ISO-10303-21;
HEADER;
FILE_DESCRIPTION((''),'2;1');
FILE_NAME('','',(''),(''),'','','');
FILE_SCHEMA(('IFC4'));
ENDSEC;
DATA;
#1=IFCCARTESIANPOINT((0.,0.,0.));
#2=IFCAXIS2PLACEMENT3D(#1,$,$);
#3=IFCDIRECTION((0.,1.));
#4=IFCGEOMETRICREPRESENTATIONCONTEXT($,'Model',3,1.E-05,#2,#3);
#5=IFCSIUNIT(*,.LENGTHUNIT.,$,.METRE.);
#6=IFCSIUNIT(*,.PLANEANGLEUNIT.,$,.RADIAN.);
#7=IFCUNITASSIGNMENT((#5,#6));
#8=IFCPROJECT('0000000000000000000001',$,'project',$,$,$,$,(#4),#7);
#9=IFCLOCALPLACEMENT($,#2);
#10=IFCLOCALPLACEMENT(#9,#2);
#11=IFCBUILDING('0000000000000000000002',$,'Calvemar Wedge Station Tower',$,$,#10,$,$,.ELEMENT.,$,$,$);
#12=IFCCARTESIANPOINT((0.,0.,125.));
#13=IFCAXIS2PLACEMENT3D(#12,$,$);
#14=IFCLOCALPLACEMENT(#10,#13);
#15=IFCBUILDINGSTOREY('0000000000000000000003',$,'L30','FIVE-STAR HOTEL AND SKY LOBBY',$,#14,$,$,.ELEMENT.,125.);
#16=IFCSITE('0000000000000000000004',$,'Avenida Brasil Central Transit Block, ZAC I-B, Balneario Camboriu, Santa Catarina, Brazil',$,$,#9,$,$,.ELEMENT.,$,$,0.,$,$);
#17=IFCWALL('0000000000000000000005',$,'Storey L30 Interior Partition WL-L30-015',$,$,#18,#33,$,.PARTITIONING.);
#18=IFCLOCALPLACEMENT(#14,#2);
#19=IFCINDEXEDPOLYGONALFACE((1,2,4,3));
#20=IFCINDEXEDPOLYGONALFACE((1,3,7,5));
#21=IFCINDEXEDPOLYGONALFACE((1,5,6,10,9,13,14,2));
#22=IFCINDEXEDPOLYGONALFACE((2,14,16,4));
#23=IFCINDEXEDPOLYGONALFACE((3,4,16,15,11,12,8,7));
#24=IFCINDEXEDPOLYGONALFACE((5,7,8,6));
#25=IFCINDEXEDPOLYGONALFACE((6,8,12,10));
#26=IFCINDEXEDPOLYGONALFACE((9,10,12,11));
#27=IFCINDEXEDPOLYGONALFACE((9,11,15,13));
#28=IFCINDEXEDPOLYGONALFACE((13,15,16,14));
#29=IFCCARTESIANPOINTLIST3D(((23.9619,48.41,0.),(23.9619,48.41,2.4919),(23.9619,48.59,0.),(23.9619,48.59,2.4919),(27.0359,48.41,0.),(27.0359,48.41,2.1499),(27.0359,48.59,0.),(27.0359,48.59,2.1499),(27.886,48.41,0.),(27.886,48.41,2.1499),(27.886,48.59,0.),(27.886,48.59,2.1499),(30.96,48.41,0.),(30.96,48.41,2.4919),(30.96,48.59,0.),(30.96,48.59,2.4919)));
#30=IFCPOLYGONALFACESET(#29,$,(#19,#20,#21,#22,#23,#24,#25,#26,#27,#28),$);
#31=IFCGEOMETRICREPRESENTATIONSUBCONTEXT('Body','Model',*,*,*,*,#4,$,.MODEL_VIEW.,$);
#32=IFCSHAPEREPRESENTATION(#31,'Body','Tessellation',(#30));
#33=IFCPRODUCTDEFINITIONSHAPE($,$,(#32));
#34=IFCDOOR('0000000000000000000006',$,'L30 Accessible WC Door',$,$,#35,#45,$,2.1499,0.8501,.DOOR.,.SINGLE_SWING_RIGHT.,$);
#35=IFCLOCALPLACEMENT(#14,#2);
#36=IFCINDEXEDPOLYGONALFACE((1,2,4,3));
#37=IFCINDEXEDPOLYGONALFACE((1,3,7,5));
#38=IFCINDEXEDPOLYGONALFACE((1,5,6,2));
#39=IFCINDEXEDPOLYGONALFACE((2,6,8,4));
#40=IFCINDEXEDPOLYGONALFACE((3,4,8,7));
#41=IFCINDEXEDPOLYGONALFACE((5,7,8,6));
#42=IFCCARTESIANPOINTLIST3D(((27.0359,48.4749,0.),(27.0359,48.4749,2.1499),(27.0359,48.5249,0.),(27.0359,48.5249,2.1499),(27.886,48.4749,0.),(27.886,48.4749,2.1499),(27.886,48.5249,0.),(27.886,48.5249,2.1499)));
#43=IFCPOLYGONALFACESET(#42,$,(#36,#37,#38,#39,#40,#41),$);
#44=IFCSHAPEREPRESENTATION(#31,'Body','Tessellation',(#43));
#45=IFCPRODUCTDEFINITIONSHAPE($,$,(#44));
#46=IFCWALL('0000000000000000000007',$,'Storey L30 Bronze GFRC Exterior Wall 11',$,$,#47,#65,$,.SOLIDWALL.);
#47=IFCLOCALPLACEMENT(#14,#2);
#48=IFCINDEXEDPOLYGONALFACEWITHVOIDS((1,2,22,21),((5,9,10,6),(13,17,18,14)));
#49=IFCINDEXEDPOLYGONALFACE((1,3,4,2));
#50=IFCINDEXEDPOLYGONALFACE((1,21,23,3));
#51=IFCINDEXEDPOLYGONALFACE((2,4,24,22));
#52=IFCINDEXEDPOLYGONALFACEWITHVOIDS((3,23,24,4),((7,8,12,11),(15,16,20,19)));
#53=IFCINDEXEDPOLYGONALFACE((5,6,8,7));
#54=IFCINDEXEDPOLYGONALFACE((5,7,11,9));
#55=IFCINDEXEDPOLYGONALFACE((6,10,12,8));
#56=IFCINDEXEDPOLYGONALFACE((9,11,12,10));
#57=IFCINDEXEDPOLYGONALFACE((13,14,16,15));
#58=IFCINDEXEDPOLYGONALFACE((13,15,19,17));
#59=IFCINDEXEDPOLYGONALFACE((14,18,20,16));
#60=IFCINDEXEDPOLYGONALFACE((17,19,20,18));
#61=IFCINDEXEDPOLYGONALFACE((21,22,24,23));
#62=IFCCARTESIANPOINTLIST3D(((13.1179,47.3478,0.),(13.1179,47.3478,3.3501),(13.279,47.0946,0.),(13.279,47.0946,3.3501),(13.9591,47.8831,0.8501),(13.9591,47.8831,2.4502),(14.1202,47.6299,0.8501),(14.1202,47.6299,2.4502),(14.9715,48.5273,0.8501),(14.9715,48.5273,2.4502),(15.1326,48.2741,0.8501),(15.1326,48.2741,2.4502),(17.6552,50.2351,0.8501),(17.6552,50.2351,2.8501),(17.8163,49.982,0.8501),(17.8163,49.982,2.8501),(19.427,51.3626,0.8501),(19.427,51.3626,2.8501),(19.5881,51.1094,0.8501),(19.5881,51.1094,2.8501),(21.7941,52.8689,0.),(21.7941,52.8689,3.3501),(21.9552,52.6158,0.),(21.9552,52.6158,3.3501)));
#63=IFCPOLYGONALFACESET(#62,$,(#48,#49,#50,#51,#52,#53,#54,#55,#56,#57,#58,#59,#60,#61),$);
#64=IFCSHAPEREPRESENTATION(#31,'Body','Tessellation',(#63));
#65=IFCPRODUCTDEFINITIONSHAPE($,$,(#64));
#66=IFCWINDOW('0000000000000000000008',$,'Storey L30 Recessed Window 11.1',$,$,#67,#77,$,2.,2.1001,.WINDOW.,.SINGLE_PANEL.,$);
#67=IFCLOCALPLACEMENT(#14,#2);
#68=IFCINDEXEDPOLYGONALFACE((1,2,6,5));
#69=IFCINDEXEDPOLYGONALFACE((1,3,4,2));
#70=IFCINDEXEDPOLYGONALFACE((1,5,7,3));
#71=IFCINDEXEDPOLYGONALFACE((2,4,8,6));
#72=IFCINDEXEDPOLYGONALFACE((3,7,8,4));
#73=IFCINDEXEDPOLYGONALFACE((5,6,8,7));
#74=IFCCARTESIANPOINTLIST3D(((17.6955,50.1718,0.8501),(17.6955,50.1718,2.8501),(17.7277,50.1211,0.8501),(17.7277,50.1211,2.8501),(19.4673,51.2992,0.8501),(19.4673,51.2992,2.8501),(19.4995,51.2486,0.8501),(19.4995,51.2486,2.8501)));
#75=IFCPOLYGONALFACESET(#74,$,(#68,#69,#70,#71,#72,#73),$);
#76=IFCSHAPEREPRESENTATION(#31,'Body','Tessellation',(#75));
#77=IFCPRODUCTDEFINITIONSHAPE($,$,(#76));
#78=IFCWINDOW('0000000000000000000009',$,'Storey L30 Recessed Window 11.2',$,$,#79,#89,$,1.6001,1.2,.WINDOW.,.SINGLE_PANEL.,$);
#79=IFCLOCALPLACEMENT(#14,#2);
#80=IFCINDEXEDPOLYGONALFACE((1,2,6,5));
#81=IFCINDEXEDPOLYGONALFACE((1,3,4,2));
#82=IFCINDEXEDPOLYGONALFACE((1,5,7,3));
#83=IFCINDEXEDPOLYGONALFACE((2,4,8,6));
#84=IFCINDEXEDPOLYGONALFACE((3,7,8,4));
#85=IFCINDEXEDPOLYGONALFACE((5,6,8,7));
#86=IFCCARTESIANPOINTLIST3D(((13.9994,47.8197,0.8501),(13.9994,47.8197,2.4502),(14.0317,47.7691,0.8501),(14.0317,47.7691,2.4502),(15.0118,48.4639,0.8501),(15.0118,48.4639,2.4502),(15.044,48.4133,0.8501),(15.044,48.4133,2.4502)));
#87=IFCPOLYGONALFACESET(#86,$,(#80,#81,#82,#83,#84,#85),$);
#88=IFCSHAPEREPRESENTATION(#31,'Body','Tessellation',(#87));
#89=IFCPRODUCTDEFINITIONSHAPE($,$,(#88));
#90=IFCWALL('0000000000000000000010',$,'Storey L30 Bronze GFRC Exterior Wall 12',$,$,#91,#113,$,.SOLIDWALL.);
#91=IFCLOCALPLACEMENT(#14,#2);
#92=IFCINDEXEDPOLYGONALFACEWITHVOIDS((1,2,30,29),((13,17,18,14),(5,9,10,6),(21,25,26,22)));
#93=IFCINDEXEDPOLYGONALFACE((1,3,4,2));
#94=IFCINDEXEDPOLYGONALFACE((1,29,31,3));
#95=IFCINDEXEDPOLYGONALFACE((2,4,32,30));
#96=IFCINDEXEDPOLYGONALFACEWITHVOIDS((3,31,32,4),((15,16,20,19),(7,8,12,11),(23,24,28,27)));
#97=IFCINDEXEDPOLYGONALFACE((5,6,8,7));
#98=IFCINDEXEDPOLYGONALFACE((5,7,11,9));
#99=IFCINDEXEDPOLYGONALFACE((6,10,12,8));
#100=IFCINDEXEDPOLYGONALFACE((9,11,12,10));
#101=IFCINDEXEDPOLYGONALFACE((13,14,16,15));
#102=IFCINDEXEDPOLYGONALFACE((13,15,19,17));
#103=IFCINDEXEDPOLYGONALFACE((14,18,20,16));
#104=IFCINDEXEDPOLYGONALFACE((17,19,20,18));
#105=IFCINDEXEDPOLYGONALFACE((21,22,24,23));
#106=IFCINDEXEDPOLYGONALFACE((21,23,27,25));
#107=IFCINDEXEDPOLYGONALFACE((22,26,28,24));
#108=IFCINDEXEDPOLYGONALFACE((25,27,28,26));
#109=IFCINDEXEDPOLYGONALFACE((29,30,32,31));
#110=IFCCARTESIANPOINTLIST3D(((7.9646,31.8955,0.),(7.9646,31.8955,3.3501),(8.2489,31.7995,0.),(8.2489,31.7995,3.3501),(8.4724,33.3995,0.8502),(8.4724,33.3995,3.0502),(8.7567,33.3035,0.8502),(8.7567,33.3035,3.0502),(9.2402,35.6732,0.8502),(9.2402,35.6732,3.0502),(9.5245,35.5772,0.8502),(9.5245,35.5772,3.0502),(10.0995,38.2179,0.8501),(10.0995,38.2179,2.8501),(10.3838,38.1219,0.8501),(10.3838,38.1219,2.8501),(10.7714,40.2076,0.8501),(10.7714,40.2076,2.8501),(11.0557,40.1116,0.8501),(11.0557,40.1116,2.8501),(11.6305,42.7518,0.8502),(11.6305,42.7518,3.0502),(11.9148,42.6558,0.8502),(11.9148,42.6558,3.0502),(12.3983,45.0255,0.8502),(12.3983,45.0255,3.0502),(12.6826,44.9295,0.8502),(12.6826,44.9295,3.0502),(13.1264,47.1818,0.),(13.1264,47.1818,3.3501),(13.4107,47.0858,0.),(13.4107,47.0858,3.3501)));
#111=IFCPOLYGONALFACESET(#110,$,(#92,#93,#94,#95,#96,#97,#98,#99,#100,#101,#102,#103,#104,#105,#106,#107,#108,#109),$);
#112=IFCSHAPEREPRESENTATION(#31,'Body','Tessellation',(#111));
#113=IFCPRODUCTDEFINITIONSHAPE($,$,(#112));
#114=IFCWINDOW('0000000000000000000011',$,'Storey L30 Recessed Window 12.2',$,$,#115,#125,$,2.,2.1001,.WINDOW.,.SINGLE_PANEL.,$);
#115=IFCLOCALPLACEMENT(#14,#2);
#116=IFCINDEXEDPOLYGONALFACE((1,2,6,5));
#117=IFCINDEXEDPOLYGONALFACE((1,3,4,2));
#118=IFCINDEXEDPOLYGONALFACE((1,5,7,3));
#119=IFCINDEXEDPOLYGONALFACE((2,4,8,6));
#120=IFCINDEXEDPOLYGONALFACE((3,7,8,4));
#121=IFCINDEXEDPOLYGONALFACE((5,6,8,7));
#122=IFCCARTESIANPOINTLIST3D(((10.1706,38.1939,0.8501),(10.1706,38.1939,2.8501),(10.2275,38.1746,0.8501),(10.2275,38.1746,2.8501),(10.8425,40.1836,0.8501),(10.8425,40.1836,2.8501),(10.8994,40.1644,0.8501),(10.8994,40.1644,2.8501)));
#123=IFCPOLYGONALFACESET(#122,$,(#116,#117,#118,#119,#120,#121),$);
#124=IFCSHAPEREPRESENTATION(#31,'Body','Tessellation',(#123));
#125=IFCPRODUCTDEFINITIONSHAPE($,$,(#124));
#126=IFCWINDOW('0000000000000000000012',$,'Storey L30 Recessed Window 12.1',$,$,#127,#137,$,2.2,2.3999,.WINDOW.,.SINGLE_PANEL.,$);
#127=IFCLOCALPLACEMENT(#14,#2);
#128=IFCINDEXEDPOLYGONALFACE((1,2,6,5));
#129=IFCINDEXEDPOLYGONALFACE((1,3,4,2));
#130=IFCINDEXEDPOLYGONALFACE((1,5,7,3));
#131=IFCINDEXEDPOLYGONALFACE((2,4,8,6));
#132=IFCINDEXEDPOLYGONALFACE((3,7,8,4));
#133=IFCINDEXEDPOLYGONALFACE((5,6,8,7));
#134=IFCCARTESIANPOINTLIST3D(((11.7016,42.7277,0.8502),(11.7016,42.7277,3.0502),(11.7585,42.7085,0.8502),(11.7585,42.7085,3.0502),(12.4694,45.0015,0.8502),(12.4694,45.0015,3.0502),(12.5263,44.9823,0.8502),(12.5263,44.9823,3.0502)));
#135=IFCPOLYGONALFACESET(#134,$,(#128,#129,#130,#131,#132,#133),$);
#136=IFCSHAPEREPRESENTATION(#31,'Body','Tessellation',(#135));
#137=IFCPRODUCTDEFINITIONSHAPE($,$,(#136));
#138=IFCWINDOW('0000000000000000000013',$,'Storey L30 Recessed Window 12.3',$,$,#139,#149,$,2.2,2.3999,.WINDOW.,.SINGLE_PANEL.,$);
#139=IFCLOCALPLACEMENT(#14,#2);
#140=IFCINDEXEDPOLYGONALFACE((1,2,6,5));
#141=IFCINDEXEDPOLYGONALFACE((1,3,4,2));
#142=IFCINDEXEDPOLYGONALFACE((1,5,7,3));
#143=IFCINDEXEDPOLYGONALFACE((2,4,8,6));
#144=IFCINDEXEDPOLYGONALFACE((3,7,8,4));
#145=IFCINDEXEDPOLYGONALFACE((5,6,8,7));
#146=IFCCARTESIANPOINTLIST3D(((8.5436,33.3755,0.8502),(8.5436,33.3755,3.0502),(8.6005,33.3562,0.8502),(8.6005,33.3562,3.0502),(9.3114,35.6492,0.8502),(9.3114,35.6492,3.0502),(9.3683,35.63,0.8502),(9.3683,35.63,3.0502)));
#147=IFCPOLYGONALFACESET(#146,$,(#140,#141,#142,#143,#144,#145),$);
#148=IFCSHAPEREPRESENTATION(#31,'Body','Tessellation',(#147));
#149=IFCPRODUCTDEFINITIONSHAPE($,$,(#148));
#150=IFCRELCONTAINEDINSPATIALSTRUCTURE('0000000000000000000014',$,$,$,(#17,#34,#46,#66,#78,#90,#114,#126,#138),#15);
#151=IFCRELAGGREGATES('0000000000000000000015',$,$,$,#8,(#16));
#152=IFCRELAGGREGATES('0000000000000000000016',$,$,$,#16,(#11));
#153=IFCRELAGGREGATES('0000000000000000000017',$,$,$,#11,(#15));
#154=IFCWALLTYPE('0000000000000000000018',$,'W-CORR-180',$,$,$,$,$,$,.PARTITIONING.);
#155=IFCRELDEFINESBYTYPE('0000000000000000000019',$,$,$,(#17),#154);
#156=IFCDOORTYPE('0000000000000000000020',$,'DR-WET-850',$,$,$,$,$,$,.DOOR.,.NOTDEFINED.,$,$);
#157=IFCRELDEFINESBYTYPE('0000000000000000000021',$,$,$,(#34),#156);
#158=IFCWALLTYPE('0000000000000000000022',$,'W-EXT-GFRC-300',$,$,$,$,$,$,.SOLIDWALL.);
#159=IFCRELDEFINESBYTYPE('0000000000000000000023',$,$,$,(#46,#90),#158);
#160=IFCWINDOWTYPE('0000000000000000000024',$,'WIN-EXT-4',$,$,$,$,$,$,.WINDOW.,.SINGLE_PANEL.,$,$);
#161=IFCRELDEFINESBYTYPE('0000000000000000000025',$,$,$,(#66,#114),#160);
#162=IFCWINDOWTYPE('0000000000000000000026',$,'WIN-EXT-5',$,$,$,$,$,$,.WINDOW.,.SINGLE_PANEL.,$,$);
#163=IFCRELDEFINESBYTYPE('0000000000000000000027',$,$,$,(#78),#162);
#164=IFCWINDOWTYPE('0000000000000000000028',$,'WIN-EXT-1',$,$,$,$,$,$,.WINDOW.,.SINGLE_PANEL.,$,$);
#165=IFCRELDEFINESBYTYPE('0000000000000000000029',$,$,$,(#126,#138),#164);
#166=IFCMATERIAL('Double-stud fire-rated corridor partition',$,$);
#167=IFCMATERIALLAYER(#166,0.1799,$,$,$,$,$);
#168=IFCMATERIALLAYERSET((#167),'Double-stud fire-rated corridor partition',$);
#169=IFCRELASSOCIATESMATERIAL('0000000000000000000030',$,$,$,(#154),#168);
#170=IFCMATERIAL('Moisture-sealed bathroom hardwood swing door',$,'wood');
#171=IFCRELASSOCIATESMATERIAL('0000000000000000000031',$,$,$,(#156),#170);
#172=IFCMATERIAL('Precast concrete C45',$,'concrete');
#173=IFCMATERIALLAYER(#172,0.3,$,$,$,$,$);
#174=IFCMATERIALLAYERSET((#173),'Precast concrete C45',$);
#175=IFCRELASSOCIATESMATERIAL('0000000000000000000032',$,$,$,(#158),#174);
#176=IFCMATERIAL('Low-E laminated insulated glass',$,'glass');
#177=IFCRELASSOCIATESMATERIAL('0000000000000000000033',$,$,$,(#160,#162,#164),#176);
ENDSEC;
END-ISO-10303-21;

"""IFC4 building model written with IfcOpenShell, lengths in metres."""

from ifc_helpers import new_model, si_unit, direction, frame, frame_2d, origin, place, context, subcontext, project, spatial, rectangle, extrude, source, transform, mapped, material, layer, layer_set, type_object, element, fill, save


model = new_model("IFC4")

# Units and contexts
model_context = context("Model", 3, precision=1e-05, world=origin(), true_north=direction((0.0, 1.0)))
body_context = subcontext(model_context, "Body", "Model", "MODEL_VIEW")
ifc_project = project(units=[si_unit("LENGTHUNIT", "METRE"), si_unit("PLANEANGLEUNIT", "RADIAN")], contexts=[model_context])

# Site, building, storey
site_placement = place(None, origin())
site = spatial("IfcSite", under=ifc_project, at=site_placement, Name="Avenida Brasil Central Transit Block, ZAC I-B, Balneario Camboriu, Santa Catarina, Brazil", CompositionType="ELEMENT", RefElevation=0.0)
building_placement = place(site_placement, origin())
building = spatial("IfcBuilding", under=site, at=building_placement, Name="Calvemar Wedge Station Tower", CompositionType="ELEMENT")
storey_placement = place(building_placement, frame((0.0, 0.0, 125.0)))
storey = spatial("IfcBuildingStorey", under=building, at=storey_placement, Name="L30", Description="FIVE-STAR HOTEL AND SKY LOBBY", CompositionType="ELEMENT", Elevation=125.0)

# Shared definitions
ifc_material_1 = material(Name="Double-stud fire-rated corridor partition")
ifc_layer_1 = layer(ifc_material_1, 0.1799)
ifc_layer_set_1 = layer_set([ifc_layer_1], Name="Double-stud fire-rated corridor partition")
wall_type_1 = type_object("IfcWallType", Name="W-CORR-180", PredefinedType="PARTITIONING", material=ifc_layer_set_1)

# Wall, opening, door
wall_1_placement = place(storey_placement, frame((23.9619, 48.5, 0.0), z_axis=(0.0, 0.0, 1.0), x_axis=(1.0, 0.0, 0.0)))
wall_1 = element("IfcWall", 1, at=wall_1_placement, inside=storey, type_object=wall_type_1, Name="Storey L30 Interior Partition WL-L30-015", PredefinedType="PARTITIONING", context=body_context, shape_type="SweptSolid", body=[
    extrude(rectangle(XDim=6.998, YDim=0.1799, at=frame_2d((3.499, 0.0))), origin(), (0.0, 0.0, 1.0), 2.4919),
])
shared_shape_1 = source(origin(), body_context, "Body", "SweptSolid", [
    extrude(rectangle(XDim=0.8501, YDim=2.1499, at=frame_2d((0.425, 1.075))), frame((0.0, 0.1001, 0.0), z_axis=(0.0, -1.0, 0.0), x_axis=(1.0, 0.0, 0.0)), (0.0, 0.0, 1.0), 0.2),
])
opening_1_placement = place(wall_1_placement, frame((3.074, 0.0, 0.0)))
opening_1 = element("IfcOpeningElement", 2, at=opening_1_placement, cuts=wall_1, PredefinedType="OPENING", context=body_context, shape_type="MappedRepresentation", body=[
    mapped(shared_shape_1, transform((0.0, 0.0, 0.0), scale=1.0)),
])
ifc_material_2 = material(Name="Moisture-sealed bathroom hardwood swing door", Category="wood")
door_type_1 = type_object("IfcDoorType", Name="DR-WET-850", OperationType="NOTDEFINED", PredefinedType="DOOR", material=ifc_material_2)
shared_shape_2 = source(origin(), body_context, "Body", "SweptSolid", [
    extrude(rectangle(XDim=0.8501, YDim=2.1499, at=frame_2d((0.425, 1.075))), frame((0.0, 0.0249, 0.0), z_axis=(0.0, -1.0, 0.0), x_axis=(1.0, 0.0, 0.0)), (0.0, 0.0, 1.0), 0.05),
])
door_1_placement = place(opening_1_placement, origin())
door_1 = element("IfcDoor", 3, at=door_1_placement, inside=storey, type_object=door_type_1, Name="L30 Accessible WC Door", OperationType="SINGLE_SWING_RIGHT", OverallHeight=2.1499, OverallWidth=0.8501, PredefinedType="DOOR", context=body_context, shape_type="MappedRepresentation", body=[
    mapped(shared_shape_2, transform((0.0, 0.0, 0.0), scale=1.0)),
])
fill(opening_1, door_1)

# Walls, openings, windows
ifc_material_3 = material(Name="Precast concrete C45", Category="concrete")
ifc_layer_2 = layer(ifc_material_3, 0.3)
ifc_layer_set_2 = layer_set([ifc_layer_2], Name="Precast concrete C45")
wall_type_2 = type_object("IfcWallType", Name="W-EXT-GFRC-300", PredefinedType="SOLIDWALL", material=ifc_layer_set_2)
wall_2_placement = place(storey_placement, frame((21.8748, 52.7424, 0.0), z_axis=(0.0, 0.0, 1.0), x_axis=(-0.843662, -0.536874, 0.0)))
wall_2 = element("IfcWall", 4, at=wall_2_placement, inside=storey, type_object=wall_type_2, Name="Storey L30 Bronze GFRC Exterior Wall 11", PredefinedType="SOLIDWALL", context=body_context, shape_type="SweptSolid", body=[
    extrude(rectangle(XDim=10.2839, YDim=0.3, at=frame_2d((5.1421, 0.0))), origin(), (0.0, 0.0, 1.0), 3.3501),
])
shared_shape_3 = source(origin(), body_context, "Body", "SweptSolid", [
    extrude(rectangle(XDim=2.1001, YDim=2.0, at=frame_2d((1.05, 1.0))), frame((0.0, 0.1602, 0.0), z_axis=(0.0, -1.0, 0.0), x_axis=(1.0, 0.0, 0.0)), (0.0, 0.0, 1.0), 0.3201),
])
opening_2_placement = place(wall_2_placement, frame((2.8059, 0.0, 0.8501)))
opening_2 = element("IfcOpeningElement", 5, at=opening_2_placement, cuts=wall_2, PredefinedType="OPENING", context=body_context, shape_type="MappedRepresentation", body=[
    mapped(shared_shape_3, transform((0.0, 0.0, 0.0), scale=1.0)),
])
shared_shape_4 = source(origin(), body_context, "Body", "SweptSolid", [
    extrude(rectangle(XDim=1.2, YDim=1.6001, at=frame_2d((0.6001, 0.8))), frame((0.0, 0.1602, 0.0), z_axis=(0.0, -1.0, 0.0), x_axis=(1.0, 0.0, 0.0)), (0.0, 0.0, 1.0), 0.3201),
])
opening_3_placement = place(wall_2_placement, frame((8.0869, 0.0, 0.8501)))
opening_3 = element("IfcOpeningElement", 6, at=opening_3_placement, cuts=wall_2, PredefinedType="OPENING", context=body_context, shape_type="MappedRepresentation", body=[
    mapped(shared_shape_4, transform((0.0, 0.0, 0.0), scale=1.0)),
])
ifc_material_4 = material(Name="Low-E laminated insulated glass", Category="glass")
window_type_1 = type_object("IfcWindowType", Name="WIN-EXT-4", PartitioningType="SINGLE_PANEL", PredefinedType="WINDOW", material=ifc_material_4)
shared_shape_5 = source(origin(), body_context, "Body", "SweptSolid", [
    extrude(rectangle(XDim=2.1001, YDim=2.0, at=frame_2d((1.05, 1.0))), frame((0.0, -0.0149, 0.0), z_axis=(0.0, -1.0, 0.0), x_axis=(1.0, 0.0, 0.0)), (0.0, 0.0, 1.0), 0.0601),
])
window_1_placement = place(opening_2_placement, origin())
window_1 = element("IfcWindow", 7, at=window_1_placement, inside=storey, type_object=window_type_1, Name="Storey L30 Recessed Window 11.1", OverallHeight=2.0, OverallWidth=2.1001, PartitioningType="SINGLE_PANEL", PredefinedType="WINDOW", context=body_context, shape_type="MappedRepresentation", body=[
    mapped(shared_shape_5, transform((0.0, 0.0, 0.0), scale=1.0)),
])
fill(opening_2, window_1)
window_type_2 = type_object("IfcWindowType", Name="WIN-EXT-5", PartitioningType="SINGLE_PANEL", PredefinedType="WINDOW", material=ifc_material_4)
shared_shape_6 = source(origin(), body_context, "Body", "SweptSolid", [
    extrude(rectangle(XDim=1.2, YDim=1.6001, at=frame_2d((0.6001, 0.8))), frame((0.0, -0.0149, 0.0), z_axis=(0.0, -1.0, 0.0), x_axis=(1.0, 0.0, 0.0)), (0.0, 0.0, 1.0), 0.0601),
])
window_2_placement = place(opening_3_placement, origin())
window_2 = element("IfcWindow", 8, at=window_2_placement, inside=storey, type_object=window_type_2, Name="Storey L30 Recessed Window 11.2", OverallHeight=1.6001, OverallWidth=1.2, PartitioningType="SINGLE_PANEL", PredefinedType="WINDOW", context=body_context, shape_type="MappedRepresentation", body=[
    mapped(shared_shape_6, transform((0.0, 0.0, 0.0), scale=1.0)),
])
fill(opening_3, window_2)
wall_3_placement = place(storey_placement, frame((13.2686, 47.1338, 0.0), z_axis=(0.0, 0.0, 1.0), x_axis=(-0.31993, -0.947441, 0.0)))
wall_3 = element("IfcWall", 9, at=wall_3_placement, inside=storey, type_object=wall_type_2, Name="Storey L30 Bronze GFRC Exterior Wall 12", PredefinedType="SOLIDWALL", context=body_context, shape_type="SweptSolid", body=[
    extrude(rectangle(XDim=16.1343, YDim=0.3, at=frame_2d((8.0671, 0.0))), origin(), (0.0, 0.0, 1.0), 3.3501),
])
shared_shape_7 = source(origin(), body_context, "Body", "SweptSolid", [
    extrude(rectangle(XDim=2.3999, YDim=2.2, at=frame_2d((1.2, 1.1001))), frame((0.0, 0.1602, 0.0), z_axis=(0.0, -1.0, 0.0), x_axis=(1.0, 0.0, 0.0)), (0.0, 0.0, 1.0), 0.3201),
])
opening_4_placement = place(wall_3_placement, frame((2.2759, 0.0, 0.8501)))
opening_4 = element("IfcOpeningElement", 10, at=opening_4_placement, cuts=wall_3, PredefinedType="OPENING", context=body_context, shape_type="MappedRepresentation", body=[
    mapped(shared_shape_7, transform((0.0, 0.0, 0.0), scale=1.0)),
])
opening_5_placement = place(wall_3_placement, frame((7.3611, 0.0, 0.8501)))
opening_5 = element("IfcOpeningElement", 11, at=opening_5_placement, cuts=wall_3, PredefinedType="OPENING", context=body_context, shape_type="MappedRepresentation", body=[
    mapped(shared_shape_3, transform((0.0, 0.0, 0.0), scale=1.0)),
])
opening_6_placement = place(wall_3_placement, frame((12.147, 0.0, 0.8501)))
opening_6 = element("IfcOpeningElement", 12, at=opening_6_placement, cuts=wall_3, PredefinedType="OPENING", context=body_context, shape_type="MappedRepresentation", body=[
    mapped(shared_shape_7, transform((0.0, 0.0, 0.0), scale=1.0)),
])
window_3_placement = place(opening_5_placement, origin())
window_3 = element("IfcWindow", 13, at=window_3_placement, inside=storey, type_object=window_type_1, Name="Storey L30 Recessed Window 12.2", OverallHeight=2.0, OverallWidth=2.1001, PartitioningType="SINGLE_PANEL", PredefinedType="WINDOW", context=body_context, shape_type="MappedRepresentation", body=[
    mapped(shared_shape_5, transform((0.0, 0.0, 0.0), scale=1.0)),
])
fill(opening_5, window_3)
window_type_3 = type_object("IfcWindowType", Name="WIN-EXT-1", PartitioningType="SINGLE_PANEL", PredefinedType="WINDOW", material=ifc_material_4)
shared_shape_8 = source(origin(), body_context, "Body", "SweptSolid", [
    extrude(rectangle(XDim=2.3999, YDim=2.2, at=frame_2d((1.2, 1.1001))), frame((0.0, -0.0149, 0.0), z_axis=(0.0, -1.0, 0.0), x_axis=(1.0, 0.0, 0.0)), (0.0, 0.0, 1.0), 0.0601),
])
window_4_placement = place(opening_4_placement, origin())
window_4 = element("IfcWindow", 14, at=window_4_placement, inside=storey, type_object=window_type_3, Name="Storey L30 Recessed Window 12.1", OverallHeight=2.2, OverallWidth=2.3999, PartitioningType="SINGLE_PANEL", PredefinedType="WINDOW", context=body_context, shape_type="MappedRepresentation", body=[
    mapped(shared_shape_8, transform((0.0, 0.0, 0.0), scale=1.0)),
])
fill(opening_4, window_4)
window_5_placement = place(opening_6_placement, origin())
window_5 = element("IfcWindow", 15, at=window_5_placement, inside=storey, type_object=window_type_3, Name="Storey L30 Recessed Window 12.3", OverallHeight=2.2, OverallWidth=2.3999, PartitioningType="SINGLE_PANEL", PredefinedType="WINDOW", context=body_context, shape_type="MappedRepresentation", body=[
    mapped(shared_shape_8, transform((0.0, 0.0, 0.0), scale=1.0)),
])
fill(opening_6, window_5)

save(model, "model.ifc")
